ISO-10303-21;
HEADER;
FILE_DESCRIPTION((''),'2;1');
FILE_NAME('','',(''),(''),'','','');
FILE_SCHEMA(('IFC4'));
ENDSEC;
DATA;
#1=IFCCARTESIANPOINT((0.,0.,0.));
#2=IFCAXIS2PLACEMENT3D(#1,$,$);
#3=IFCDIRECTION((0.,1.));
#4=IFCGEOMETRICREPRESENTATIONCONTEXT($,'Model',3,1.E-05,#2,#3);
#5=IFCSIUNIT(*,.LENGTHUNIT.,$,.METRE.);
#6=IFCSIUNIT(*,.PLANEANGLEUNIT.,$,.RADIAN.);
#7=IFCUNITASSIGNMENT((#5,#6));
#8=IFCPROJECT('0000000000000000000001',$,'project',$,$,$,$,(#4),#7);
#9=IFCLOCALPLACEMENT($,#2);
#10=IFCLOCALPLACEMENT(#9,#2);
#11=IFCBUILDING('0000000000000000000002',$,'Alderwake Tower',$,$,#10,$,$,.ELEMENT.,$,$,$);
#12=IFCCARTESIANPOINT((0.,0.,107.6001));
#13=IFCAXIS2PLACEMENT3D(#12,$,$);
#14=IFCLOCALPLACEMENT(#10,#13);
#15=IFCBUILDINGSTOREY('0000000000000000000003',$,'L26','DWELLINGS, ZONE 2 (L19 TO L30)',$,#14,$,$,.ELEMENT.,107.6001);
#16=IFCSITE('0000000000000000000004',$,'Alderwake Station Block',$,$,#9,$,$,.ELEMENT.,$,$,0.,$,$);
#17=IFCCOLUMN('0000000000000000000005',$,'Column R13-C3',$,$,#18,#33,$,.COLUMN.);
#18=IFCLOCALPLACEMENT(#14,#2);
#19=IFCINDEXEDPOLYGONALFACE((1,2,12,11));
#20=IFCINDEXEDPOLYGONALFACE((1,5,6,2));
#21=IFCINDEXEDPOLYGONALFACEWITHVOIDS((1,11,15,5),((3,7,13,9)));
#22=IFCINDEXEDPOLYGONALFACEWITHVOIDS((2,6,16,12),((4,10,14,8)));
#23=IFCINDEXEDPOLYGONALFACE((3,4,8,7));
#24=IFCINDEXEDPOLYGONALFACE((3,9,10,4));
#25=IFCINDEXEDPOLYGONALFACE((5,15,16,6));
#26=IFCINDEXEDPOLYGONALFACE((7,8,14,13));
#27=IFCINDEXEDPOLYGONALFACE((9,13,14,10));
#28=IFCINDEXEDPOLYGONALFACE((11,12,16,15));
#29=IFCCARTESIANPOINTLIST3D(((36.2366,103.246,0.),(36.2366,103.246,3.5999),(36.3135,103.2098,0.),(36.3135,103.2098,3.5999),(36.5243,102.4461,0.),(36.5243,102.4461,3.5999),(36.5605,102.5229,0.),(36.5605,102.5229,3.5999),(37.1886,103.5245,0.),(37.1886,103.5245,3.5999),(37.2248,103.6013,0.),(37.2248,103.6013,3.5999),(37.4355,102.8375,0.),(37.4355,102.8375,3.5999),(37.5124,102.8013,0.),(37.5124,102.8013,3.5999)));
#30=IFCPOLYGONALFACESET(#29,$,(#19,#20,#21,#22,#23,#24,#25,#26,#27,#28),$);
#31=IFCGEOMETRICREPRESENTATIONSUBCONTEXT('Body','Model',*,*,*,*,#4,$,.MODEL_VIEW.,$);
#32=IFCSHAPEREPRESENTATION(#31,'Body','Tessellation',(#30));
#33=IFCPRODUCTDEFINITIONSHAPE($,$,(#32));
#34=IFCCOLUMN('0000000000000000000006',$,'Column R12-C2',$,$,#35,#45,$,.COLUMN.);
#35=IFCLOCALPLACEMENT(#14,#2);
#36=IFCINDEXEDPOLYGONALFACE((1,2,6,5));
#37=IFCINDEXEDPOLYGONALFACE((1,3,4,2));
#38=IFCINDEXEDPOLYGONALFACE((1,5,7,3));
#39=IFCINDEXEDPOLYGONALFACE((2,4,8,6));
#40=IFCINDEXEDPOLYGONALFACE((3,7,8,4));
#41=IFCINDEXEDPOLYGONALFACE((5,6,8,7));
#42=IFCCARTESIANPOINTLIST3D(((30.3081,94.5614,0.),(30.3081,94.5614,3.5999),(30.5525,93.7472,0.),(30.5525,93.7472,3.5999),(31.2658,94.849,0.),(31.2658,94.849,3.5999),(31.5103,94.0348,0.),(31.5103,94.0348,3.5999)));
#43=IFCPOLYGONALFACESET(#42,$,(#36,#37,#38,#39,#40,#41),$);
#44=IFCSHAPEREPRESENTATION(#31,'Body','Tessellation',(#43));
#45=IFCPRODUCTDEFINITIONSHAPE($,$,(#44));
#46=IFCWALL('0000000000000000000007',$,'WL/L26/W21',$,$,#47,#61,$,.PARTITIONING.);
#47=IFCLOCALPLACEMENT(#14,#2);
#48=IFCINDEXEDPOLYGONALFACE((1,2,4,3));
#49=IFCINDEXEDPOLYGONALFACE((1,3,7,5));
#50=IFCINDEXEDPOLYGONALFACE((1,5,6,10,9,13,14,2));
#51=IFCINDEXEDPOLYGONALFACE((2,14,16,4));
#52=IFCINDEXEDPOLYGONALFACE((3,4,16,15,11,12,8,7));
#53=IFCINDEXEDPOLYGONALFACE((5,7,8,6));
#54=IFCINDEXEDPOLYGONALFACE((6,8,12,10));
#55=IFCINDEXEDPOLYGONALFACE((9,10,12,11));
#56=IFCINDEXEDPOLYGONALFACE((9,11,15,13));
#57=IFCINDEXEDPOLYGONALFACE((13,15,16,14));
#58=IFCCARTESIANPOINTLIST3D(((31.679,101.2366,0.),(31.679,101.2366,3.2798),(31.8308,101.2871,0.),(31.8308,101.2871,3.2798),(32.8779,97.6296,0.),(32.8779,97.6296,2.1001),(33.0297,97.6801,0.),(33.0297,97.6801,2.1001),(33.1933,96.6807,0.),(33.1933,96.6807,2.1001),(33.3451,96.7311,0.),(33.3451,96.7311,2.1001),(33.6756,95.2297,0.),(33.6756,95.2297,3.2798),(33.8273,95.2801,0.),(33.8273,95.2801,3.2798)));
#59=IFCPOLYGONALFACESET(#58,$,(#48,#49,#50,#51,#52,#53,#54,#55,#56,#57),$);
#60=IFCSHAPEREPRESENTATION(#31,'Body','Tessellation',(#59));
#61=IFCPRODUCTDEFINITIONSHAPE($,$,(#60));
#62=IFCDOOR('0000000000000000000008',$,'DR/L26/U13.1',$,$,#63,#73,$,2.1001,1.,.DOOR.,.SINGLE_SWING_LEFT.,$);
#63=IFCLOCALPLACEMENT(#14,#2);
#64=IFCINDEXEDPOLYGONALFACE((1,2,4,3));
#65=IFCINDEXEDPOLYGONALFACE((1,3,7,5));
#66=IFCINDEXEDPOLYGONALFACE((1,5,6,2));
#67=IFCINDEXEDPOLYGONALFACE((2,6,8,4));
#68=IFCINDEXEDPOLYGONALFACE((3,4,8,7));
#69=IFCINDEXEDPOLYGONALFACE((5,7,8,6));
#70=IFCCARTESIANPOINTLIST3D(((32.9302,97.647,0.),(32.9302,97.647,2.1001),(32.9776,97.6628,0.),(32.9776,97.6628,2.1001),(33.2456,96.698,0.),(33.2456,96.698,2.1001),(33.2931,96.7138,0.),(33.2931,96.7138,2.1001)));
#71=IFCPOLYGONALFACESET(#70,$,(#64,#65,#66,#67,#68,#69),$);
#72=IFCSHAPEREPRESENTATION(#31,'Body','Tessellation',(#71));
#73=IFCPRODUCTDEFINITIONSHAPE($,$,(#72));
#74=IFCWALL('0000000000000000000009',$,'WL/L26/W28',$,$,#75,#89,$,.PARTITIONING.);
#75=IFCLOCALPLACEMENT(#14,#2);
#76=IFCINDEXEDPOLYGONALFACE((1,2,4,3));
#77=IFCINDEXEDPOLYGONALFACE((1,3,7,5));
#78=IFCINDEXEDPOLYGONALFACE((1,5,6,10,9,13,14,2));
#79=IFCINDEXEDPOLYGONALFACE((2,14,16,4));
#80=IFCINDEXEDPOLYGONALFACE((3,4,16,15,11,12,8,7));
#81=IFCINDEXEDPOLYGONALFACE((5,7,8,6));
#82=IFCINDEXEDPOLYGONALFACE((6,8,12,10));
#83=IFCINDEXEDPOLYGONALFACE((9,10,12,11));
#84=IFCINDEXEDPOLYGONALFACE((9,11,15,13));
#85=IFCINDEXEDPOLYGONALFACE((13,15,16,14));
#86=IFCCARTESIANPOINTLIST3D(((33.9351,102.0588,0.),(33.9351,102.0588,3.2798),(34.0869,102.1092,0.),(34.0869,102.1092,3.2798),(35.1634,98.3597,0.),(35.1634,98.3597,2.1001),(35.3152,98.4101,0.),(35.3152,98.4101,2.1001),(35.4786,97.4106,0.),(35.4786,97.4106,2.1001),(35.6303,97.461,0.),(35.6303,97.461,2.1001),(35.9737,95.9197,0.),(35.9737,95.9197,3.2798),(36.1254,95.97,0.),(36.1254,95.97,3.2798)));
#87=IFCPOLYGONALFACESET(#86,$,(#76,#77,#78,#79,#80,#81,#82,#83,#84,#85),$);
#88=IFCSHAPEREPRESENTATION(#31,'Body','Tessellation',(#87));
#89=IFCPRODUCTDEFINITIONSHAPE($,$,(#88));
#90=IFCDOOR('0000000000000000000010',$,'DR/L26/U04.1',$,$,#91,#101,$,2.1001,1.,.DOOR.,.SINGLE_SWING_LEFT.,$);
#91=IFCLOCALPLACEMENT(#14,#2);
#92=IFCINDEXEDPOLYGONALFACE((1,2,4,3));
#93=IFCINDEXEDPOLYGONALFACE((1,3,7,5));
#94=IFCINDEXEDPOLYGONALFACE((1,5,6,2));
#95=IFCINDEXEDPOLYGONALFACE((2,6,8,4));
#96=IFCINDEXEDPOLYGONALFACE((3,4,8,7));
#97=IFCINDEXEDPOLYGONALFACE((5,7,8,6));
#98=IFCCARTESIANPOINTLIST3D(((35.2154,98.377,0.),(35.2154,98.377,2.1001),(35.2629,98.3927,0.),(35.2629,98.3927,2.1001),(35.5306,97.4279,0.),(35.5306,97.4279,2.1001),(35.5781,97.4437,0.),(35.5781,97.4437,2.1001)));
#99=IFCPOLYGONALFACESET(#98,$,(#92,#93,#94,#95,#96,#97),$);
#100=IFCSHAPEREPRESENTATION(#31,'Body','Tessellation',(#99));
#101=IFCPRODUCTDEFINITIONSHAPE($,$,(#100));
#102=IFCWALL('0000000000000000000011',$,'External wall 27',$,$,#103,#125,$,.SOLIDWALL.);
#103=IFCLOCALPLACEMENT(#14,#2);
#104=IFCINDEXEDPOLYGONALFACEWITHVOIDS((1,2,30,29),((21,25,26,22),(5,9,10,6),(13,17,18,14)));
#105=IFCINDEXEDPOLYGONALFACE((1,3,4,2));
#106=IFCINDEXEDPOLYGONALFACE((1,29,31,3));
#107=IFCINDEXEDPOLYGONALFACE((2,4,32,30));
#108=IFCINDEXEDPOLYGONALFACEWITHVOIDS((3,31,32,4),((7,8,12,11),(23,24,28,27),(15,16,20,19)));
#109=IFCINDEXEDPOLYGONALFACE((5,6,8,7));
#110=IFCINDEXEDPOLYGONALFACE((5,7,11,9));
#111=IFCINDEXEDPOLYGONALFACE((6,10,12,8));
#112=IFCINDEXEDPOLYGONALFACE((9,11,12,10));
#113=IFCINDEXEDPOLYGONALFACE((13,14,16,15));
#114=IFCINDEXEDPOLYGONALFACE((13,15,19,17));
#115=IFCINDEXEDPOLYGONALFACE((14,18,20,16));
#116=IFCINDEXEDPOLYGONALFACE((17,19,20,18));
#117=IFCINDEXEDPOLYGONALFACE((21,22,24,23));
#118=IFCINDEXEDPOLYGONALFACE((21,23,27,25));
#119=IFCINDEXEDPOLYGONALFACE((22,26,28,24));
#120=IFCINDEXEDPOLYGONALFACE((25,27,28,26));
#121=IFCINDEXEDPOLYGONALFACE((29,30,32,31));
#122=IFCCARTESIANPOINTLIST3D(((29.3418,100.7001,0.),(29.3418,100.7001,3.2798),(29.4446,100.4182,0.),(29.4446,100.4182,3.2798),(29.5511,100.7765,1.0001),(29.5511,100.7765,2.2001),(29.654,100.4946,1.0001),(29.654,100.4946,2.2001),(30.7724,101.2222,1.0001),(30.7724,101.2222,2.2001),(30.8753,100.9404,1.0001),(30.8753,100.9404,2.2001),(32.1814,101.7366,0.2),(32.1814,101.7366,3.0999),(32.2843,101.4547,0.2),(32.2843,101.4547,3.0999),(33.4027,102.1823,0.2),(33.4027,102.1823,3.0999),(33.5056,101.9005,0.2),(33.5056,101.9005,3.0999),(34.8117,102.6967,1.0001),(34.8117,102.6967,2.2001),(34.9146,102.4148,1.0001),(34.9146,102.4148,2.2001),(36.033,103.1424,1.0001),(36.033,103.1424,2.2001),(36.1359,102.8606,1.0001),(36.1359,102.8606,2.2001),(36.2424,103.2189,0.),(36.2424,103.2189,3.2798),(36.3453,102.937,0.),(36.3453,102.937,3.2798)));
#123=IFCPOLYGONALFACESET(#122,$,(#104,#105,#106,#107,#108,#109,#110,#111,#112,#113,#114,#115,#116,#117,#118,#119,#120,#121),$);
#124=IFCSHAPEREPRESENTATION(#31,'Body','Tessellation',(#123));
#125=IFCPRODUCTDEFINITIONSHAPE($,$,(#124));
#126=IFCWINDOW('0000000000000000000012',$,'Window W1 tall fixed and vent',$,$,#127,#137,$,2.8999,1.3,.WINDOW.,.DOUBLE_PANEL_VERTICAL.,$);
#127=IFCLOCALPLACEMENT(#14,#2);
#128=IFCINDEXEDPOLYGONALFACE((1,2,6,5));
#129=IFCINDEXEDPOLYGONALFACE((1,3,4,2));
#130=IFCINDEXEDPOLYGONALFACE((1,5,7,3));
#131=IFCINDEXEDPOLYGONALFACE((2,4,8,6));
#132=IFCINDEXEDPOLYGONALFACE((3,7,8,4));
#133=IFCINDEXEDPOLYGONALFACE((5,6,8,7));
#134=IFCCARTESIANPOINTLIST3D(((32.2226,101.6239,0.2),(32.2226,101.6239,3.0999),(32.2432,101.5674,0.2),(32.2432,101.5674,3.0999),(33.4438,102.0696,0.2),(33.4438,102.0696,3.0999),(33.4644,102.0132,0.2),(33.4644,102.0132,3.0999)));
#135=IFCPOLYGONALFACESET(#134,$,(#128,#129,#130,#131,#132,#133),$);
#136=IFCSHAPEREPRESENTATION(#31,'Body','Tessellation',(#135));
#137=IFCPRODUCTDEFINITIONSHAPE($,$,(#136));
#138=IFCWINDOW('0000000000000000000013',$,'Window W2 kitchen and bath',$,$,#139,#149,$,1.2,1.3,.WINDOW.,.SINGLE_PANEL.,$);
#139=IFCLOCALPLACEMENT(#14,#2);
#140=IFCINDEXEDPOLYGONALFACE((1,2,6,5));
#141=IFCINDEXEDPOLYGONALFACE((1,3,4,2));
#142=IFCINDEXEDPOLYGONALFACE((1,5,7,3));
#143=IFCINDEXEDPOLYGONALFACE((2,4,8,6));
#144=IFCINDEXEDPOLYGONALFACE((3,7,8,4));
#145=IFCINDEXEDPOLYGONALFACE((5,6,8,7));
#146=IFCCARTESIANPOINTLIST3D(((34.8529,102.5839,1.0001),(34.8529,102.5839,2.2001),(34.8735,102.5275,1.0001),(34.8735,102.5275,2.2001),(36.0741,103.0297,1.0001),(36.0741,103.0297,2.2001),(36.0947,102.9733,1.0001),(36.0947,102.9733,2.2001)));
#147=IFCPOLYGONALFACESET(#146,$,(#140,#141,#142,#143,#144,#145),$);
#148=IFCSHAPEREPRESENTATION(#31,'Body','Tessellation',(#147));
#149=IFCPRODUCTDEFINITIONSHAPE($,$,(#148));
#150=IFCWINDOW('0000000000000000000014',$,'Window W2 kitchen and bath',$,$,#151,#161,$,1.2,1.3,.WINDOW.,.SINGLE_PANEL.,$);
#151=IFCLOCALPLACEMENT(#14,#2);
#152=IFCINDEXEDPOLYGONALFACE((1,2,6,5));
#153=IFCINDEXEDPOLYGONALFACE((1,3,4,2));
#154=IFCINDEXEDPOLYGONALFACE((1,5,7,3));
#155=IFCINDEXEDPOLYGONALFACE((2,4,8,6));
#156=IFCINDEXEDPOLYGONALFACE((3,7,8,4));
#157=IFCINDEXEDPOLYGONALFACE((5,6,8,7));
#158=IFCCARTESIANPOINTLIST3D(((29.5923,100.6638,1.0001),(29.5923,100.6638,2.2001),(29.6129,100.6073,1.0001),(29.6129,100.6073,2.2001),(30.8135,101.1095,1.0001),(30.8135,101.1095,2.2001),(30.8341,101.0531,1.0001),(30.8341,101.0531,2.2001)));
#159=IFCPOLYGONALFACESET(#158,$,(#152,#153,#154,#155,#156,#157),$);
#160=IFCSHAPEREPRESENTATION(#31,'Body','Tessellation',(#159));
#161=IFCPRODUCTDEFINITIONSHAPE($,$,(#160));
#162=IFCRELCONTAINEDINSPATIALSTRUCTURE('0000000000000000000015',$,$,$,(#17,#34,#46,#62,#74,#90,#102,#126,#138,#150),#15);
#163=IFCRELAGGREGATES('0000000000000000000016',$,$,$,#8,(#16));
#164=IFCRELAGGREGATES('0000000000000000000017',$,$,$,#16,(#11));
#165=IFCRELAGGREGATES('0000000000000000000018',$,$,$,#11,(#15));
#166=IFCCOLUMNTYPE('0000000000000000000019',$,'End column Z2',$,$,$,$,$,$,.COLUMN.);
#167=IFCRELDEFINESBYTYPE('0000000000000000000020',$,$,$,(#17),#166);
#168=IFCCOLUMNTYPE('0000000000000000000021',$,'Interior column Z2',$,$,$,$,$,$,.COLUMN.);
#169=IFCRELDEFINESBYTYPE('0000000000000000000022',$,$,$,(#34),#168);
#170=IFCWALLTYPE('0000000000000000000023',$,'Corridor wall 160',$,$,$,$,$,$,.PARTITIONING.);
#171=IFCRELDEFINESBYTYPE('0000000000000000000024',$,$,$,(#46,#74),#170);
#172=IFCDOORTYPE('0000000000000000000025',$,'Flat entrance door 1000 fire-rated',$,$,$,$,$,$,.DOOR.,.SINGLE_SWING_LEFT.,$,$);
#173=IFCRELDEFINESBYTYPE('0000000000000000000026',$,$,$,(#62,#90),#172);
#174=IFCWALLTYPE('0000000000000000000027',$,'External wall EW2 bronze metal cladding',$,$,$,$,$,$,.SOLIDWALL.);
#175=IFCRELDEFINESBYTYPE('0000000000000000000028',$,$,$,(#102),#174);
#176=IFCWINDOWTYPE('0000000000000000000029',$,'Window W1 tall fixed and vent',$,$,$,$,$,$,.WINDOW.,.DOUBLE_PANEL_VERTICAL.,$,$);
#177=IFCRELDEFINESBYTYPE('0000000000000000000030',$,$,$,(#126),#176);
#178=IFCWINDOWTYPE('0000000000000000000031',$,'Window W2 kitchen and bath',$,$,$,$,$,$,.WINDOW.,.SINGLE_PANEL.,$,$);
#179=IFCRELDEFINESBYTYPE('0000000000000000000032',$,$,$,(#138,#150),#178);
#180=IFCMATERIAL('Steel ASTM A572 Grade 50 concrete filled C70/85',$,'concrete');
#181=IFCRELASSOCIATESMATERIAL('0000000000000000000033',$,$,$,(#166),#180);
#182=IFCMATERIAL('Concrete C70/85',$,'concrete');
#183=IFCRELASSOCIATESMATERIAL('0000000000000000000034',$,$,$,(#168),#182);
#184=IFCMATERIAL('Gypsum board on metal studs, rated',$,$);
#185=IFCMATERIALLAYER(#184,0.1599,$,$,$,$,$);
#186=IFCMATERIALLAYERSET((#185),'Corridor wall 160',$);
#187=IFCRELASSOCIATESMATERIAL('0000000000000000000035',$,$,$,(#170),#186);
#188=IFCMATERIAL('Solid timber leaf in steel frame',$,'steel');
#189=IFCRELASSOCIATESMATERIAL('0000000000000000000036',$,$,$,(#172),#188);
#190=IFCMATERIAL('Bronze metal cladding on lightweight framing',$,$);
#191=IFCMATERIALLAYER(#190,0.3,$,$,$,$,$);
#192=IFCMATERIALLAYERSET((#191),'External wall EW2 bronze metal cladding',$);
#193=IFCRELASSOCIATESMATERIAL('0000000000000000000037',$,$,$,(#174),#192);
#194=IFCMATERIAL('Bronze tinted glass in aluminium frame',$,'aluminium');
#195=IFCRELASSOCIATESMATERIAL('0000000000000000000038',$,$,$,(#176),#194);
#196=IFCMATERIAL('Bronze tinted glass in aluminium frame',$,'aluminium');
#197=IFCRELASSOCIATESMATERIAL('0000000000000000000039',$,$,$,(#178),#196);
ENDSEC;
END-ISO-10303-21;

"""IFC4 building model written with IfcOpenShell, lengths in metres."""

from ifc_helpers import new_model, si_unit, direction, frame, frame_2d, origin, origin_2d, place, context, subcontext, project, spatial, rectangle, hollow_rectangle, extrude, material, layer, layer_set, material_profile, profile_set, type_object, element, fill, save


model = new_model("IFC4")

# Units and contexts
model_context = context("Model", 3, precision=1e-05, world=origin(), true_north=direction((0.0, 1.0)))
body_context = subcontext(model_context, "Body", "Model", "MODEL_VIEW")
ifc_project = project(units=[si_unit("LENGTHUNIT", "METRE"), si_unit("PLANEANGLEUNIT", "RADIAN")], contexts=[model_context])

# Site, building, storey
site_placement = place(None, origin())
site = spatial("IfcSite", under=ifc_project, at=site_placement, Name="Alderwake Station Block", CompositionType="ELEMENT", RefElevation=0.0)
building_placement = place(site_placement, origin())
building = spatial("IfcBuilding", under=site, at=building_placement, Name="Alderwake Tower", CompositionType="ELEMENT")
storey_placement = place(building_placement, frame((0.0, 0.0, 107.6001)))
storey = spatial("IfcBuildingStorey", under=building, at=storey_placement, Name="L26", Description="DWELLINGS, ZONE 2 (L19 TO L30)", CompositionType="ELEMENT", Elevation=107.6001)

# Columns
ifc_material_1 = material(Name="Steel ASTM A572 Grade 50 concrete filled C70/85", Category="concrete")
ifc_material_profile_1 = material_profile(ifc_material_1, hollow_rectangle(XDim=0.8501, YDim=1.05, WallThickness=0.0601, at=origin_2d()), Name="BOX 1050X850X60")
ifc_profile_set_1 = profile_set([ifc_material_profile_1], Name="Steel ASTM A572 Grade 50 concrete filled C70/85")
column_type_1 = type_object("IfcColumnType", Name="End column Z2", PredefinedType="COLUMN", material=ifc_profile_set_1)
column_1_placement = place(storey_placement, frame((36.8745, 103.0237, 0.0), z_axis=(0.0, 0.0, 1.0), x_axis=(-0.338355, 0.941018, 0.0)))
element("IfcColumn", 1, at=column_1_placement, inside=storey, type_object=column_type_1, Name="Column R13-C3", PredefinedType="COLUMN", context=body_context, shape_type="SweptSolid", body=[
    extrude(hollow_rectangle(XDim=0.8501, YDim=1.05, WallThickness=0.0601, at=origin_2d()), origin(), (0.0, 0.0, 1.0), 3.5999),
])
ifc_material_2 = material(Name="Concrete C70/85", Category="concrete")
ifc_material_profile_2 = material_profile(ifc_material_2, rectangle(XDim=0.8501, YDim=1.0, at=origin_2d()), Name="RC 1000X850")
ifc_profile_set_2 = profile_set([ifc_material_profile_2], Name="Concrete C70/85")
column_type_2 = type_object("IfcColumnType", Name="Interior column Z2", PredefinedType="COLUMN", material=ifc_profile_set_2)
column_2_placement = place(storey_placement, frame((30.9092, 94.2981, 0.0), z_axis=(0.0, 0.0, 1.0), x_axis=(-0.287549, 0.957766, 0.0)))
element("IfcColumn", 2, at=column_2_placement, inside=storey, type_object=column_type_2, Name="Column R12-C2", PredefinedType="COLUMN", context=body_context, shape_type="SweptSolid", body=[
    extrude(rectangle(XDim=0.8501, YDim=1.0, at=origin_2d()), origin(), (0.0, 0.0, 1.0), 3.5999),
])

# Walls, openings, doors
ifc_material_3 = material(Name="Gypsum board on metal studs, rated")
ifc_layer_1 = layer(ifc_material_3, 0.1599)
ifc_layer_set_1 = layer_set([ifc_layer_1], Name="Corridor wall 160")
wall_type_1 = type_object("IfcWallType", Name="Corridor wall 160", PredefinedType="PARTITIONING", material=ifc_layer_set_1)
wall_1_placement = place(storey_placement, frame((33.7515, 95.2549, 0.0), z_axis=(0.0, 0.0, 1.0), x_axis=(-0.315406, 0.948957, 0.0)))
wall_1 = element("IfcWall", 3, at=wall_1_placement, inside=storey, type_object=wall_type_1, Name="WL/L26/W21", PredefinedType="PARTITIONING", context=body_context, shape_type="SweptSolid", body=[
    extrude(rectangle(XDim=6.3301, YDim=0.1599, at=frame_2d((3.165, 0.0))), origin(), (0.0, 0.0, 1.0), 3.2798),
])
opening_1_placement = place(wall_1_placement, frame((1.5291, 0.0, 0.0)))
opening_1 = element("IfcOpeningElement", 4, at=opening_1_placement, cuts=wall_1, PredefinedType="OPENING", context=body_context, shape_type="SweptSolid", body=[
    extrude(rectangle(XDim=1.0, YDim=2.1001, at=frame_2d((0.5, 1.05))), frame((0.0, 0.0898, 0.0), z_axis=(0.0, -1.0, 0.0), x_axis=(1.0, 0.0, 0.0)), (0.0, 0.0, 1.0), 0.1799),
])
ifc_material_4 = material(Name="Solid timber leaf in steel frame", Category="steel")
door_type_1 = type_object("IfcDoorType", Name="Flat entrance door 1000 fire-rated", OperationType="SINGLE_SWING_LEFT", PredefinedType="DOOR", material=ifc_material_4)
door_1_placement = place(opening_1_placement, origin())
door_1 = element("IfcDoor", 5, at=door_1_placement, inside=storey, type_object=door_type_1, Name="DR/L26/U13.1", OperationType="SINGLE_SWING_LEFT", OverallHeight=2.1001, OverallWidth=1.0, PredefinedType="DOOR", context=body_context, shape_type="SweptSolid", body=[
    extrude(rectangle(XDim=1.0, YDim=2.1001, at=frame_2d((0.5, 1.05))), frame((0.0, 0.0249, 0.0), z_axis=(0.0, -1.0, 0.0), x_axis=(1.0, 0.0, 0.0)), (0.0, 0.0, 1.0), 0.05),
])
fill(opening_1, door_1)
wall_2_placement = place(storey_placement, frame((34.011, 102.084, 0.0), z_axis=(0.0, 0.0, 1.0), x_axis=(0.315141, -0.949045, 0.0)))
wall_2 = element("IfcWall", 6, at=wall_2_placement, inside=storey, type_object=wall_type_1, Name="WL/L26/W28", PredefinedType="PARTITIONING", context=body_context, shape_type="SweptSolid", body=[
    extrude(rectangle(XDim=6.4688, YDim=0.1599, at=frame_2d((3.2344, 0.0))), origin(), (0.0, 0.0, 1.0), 3.2798),
])
opening_2_placement = place(wall_2_placement, frame((3.8977, 0.0, 0.0)))
opening_2 = element("IfcOpeningElement", 7, at=opening_2_placement, cuts=wall_2, PredefinedType="OPENING", context=body_context, shape_type="SweptSolid", body=[
    extrude(rectangle(XDim=1.0, YDim=2.1001, at=frame_2d((0.5, 1.05))), frame((0.0, 0.0898, 0.0), z_axis=(0.0, -1.0, 0.0), x_axis=(1.0, 0.0, 0.0)), (0.0, 0.0, 1.0), 0.1799),
])
door_2_placement = place(opening_2_placement, origin())
door_2 = element("IfcDoor", 8, at=door_2_placement, inside=storey, type_object=door_type_1, Name="DR/L26/U04.1", OperationType="SINGLE_SWING_LEFT", OverallHeight=2.1001, OverallWidth=1.0, PredefinedType="DOOR", context=body_context, shape_type="SweptSolid", body=[
    extrude(rectangle(XDim=1.0, YDim=2.1001, at=frame_2d((0.5, 1.05))), frame((0.0, 0.0249, 0.0), z_axis=(0.0, -1.0, 0.0), x_axis=(1.0, 0.0, 0.0)), (0.0, 0.0, 1.0), 0.05),
])
fill(opening_2, door_2)

# Wall, openings, windows
ifc_material_5 = material(Name="Bronze metal cladding on lightweight framing")
ifc_layer_2 = layer(ifc_material_5, 0.3)
ifc_layer_set_2 = layer_set([ifc_layer_2], Name="External wall EW2 bronze metal cladding")
wall_type_2 = type_object("IfcWallType", Name="External wall EW2 bronze metal cladding", PredefinedType="SOLIDWALL", material=ifc_layer_set_2)
wall_3_placement = place(storey_placement, frame((36.2937, 103.0779, 0.0), z_axis=(0.0, 0.0, 1.0), x_axis=(-0.939378, -0.342882, 0.0)))
wall_3 = element("IfcWall", 9, at=wall_3_placement, inside=storey, type_object=wall_type_2, Name="External wall 27", PredefinedType="SOLIDWALL", context=body_context, shape_type="SweptSolid", body=[
    extrude(rectangle(XDim=7.3459, YDim=0.3, at=frame_2d((3.6729, 0.0))), origin(), (0.0, 0.0, 1.0), 3.2798),
])
opening_3_placement = place(wall_3_placement, frame((0.2229, 0.0, 1.0)))
opening_3 = element("IfcOpeningElement", 10, at=opening_3_placement, cuts=wall_3, PredefinedType="OPENING", context=body_context, shape_type="SweptSolid", body=[
    extrude(rectangle(XDim=1.3, YDim=1.2, at=frame_2d((0.6499, 0.6001))), frame((0.0, 0.1599, 0.0), z_axis=(0.0, -1.0, 0.0), x_axis=(1.0, 0.0, 0.0)), (0.0, 0.0, 1.0), 0.3201),
])
opening_4_placement = place(wall_3_placement, frame((3.0229, 0.0, 0.2)))
opening_4 = element("IfcOpeningElement", 11, at=opening_4_placement, cuts=wall_3, PredefinedType="OPENING", context=body_context, shape_type="SweptSolid", body=[
    extrude(rectangle(XDim=1.3, YDim=2.8999, at=frame_2d((0.6499, 1.45))), frame((0.0, 0.1599, 0.0), z_axis=(0.0, -1.0, 0.0), x_axis=(1.0, 0.0, 0.0)), (0.0, 0.0, 1.0), 0.3201),
])
opening_5_placement = place(wall_3_placement, frame((5.823, 0.0, 1.0)))
opening_5 = element("IfcOpeningElement", 12, at=opening_5_placement, cuts=wall_3, PredefinedType="OPENING", context=body_context, shape_type="SweptSolid", body=[
    extrude(rectangle(XDim=1.3, YDim=1.2, at=frame_2d((0.6499, 0.6001))), frame((0.0, 0.1599, 0.0), z_axis=(0.0, -1.0, 0.0), x_axis=(1.0, 0.0, 0.0)), (0.0, 0.0, 1.0), 0.3201),
])
ifc_material_6 = material(Name="Bronze tinted glass in aluminium frame", Category="aluminium")
window_type_1 = type_object("IfcWindowType", Name="Window W1 tall fixed and vent", PartitioningType="DOUBLE_PANEL_VERTICAL", PredefinedType="WINDOW", material=ifc_material_6)
window_1_placement = place(opening_4_placement, origin())
window_1 = element("IfcWindow", 13, at=window_1_placement, inside=storey, type_object=window_type_1, Name="Window W1 tall fixed and vent", OverallHeight=2.8999, OverallWidth=1.3, PartitioningType="DOUBLE_PANEL_VERTICAL", PredefinedType="WINDOW", context=body_context, shape_type="SweptSolid", body=[
    extrude(rectangle(XDim=1.3, YDim=2.8999, at=frame_2d((0.6499, 1.45))), frame((0.0, 0.03, 0.0), z_axis=(0.0, -1.0, 0.0), x_axis=(1.0, 0.0, 0.0)), (0.0, 0.0, 1.0), 0.0601),
])
fill(opening_4, window_1)
ifc_material_7 = material(Name="Bronze tinted glass in aluminium frame", Category="aluminium")
window_type_2 = type_object("IfcWindowType", Name="Window W2 kitchen and bath", PartitioningType="SINGLE_PANEL", PredefinedType="WINDOW", material=ifc_material_7)
window_2_placement = place(opening_3_placement, origin())
window_2 = element("IfcWindow", 14, at=window_2_placement, inside=storey, type_object=window_type_2, Name="Window W2 kitchen and bath", OverallHeight=1.2, OverallWidth=1.3, PartitioningType="SINGLE_PANEL", PredefinedType="WINDOW", context=body_context, shape_type="SweptSolid", body=[
    extrude(rectangle(XDim=1.3, YDim=1.2, at=frame_2d((0.6499, 0.6001))), frame((0.0, 0.03, 0.0), z_axis=(0.0, -1.0, 0.0), x_axis=(1.0, 0.0, 0.0)), (0.0, 0.0, 1.0), 0.0601),
])
fill(opening_3, window_2)
window_3_placement = place(opening_5_placement, origin())
window_3 = element("IfcWindow", 15, at=window_3_placement, inside=storey, type_object=window_type_2, Name="Window W2 kitchen and bath", OverallHeight=1.2, OverallWidth=1.3, PartitioningType="SINGLE_PANEL", PredefinedType="WINDOW", context=body_context, shape_type="SweptSolid", body=[
    extrude(rectangle(XDim=1.3, YDim=1.2, at=frame_2d((0.6499, 0.6001))), frame((0.0, 0.03, 0.0), z_axis=(0.0, -1.0, 0.0), x_axis=(1.0, 0.0, 0.0)), (0.0, 0.0, 1.0), 0.0601),
])
fill(opening_5, window_3)

save(model, "model.ifc")
